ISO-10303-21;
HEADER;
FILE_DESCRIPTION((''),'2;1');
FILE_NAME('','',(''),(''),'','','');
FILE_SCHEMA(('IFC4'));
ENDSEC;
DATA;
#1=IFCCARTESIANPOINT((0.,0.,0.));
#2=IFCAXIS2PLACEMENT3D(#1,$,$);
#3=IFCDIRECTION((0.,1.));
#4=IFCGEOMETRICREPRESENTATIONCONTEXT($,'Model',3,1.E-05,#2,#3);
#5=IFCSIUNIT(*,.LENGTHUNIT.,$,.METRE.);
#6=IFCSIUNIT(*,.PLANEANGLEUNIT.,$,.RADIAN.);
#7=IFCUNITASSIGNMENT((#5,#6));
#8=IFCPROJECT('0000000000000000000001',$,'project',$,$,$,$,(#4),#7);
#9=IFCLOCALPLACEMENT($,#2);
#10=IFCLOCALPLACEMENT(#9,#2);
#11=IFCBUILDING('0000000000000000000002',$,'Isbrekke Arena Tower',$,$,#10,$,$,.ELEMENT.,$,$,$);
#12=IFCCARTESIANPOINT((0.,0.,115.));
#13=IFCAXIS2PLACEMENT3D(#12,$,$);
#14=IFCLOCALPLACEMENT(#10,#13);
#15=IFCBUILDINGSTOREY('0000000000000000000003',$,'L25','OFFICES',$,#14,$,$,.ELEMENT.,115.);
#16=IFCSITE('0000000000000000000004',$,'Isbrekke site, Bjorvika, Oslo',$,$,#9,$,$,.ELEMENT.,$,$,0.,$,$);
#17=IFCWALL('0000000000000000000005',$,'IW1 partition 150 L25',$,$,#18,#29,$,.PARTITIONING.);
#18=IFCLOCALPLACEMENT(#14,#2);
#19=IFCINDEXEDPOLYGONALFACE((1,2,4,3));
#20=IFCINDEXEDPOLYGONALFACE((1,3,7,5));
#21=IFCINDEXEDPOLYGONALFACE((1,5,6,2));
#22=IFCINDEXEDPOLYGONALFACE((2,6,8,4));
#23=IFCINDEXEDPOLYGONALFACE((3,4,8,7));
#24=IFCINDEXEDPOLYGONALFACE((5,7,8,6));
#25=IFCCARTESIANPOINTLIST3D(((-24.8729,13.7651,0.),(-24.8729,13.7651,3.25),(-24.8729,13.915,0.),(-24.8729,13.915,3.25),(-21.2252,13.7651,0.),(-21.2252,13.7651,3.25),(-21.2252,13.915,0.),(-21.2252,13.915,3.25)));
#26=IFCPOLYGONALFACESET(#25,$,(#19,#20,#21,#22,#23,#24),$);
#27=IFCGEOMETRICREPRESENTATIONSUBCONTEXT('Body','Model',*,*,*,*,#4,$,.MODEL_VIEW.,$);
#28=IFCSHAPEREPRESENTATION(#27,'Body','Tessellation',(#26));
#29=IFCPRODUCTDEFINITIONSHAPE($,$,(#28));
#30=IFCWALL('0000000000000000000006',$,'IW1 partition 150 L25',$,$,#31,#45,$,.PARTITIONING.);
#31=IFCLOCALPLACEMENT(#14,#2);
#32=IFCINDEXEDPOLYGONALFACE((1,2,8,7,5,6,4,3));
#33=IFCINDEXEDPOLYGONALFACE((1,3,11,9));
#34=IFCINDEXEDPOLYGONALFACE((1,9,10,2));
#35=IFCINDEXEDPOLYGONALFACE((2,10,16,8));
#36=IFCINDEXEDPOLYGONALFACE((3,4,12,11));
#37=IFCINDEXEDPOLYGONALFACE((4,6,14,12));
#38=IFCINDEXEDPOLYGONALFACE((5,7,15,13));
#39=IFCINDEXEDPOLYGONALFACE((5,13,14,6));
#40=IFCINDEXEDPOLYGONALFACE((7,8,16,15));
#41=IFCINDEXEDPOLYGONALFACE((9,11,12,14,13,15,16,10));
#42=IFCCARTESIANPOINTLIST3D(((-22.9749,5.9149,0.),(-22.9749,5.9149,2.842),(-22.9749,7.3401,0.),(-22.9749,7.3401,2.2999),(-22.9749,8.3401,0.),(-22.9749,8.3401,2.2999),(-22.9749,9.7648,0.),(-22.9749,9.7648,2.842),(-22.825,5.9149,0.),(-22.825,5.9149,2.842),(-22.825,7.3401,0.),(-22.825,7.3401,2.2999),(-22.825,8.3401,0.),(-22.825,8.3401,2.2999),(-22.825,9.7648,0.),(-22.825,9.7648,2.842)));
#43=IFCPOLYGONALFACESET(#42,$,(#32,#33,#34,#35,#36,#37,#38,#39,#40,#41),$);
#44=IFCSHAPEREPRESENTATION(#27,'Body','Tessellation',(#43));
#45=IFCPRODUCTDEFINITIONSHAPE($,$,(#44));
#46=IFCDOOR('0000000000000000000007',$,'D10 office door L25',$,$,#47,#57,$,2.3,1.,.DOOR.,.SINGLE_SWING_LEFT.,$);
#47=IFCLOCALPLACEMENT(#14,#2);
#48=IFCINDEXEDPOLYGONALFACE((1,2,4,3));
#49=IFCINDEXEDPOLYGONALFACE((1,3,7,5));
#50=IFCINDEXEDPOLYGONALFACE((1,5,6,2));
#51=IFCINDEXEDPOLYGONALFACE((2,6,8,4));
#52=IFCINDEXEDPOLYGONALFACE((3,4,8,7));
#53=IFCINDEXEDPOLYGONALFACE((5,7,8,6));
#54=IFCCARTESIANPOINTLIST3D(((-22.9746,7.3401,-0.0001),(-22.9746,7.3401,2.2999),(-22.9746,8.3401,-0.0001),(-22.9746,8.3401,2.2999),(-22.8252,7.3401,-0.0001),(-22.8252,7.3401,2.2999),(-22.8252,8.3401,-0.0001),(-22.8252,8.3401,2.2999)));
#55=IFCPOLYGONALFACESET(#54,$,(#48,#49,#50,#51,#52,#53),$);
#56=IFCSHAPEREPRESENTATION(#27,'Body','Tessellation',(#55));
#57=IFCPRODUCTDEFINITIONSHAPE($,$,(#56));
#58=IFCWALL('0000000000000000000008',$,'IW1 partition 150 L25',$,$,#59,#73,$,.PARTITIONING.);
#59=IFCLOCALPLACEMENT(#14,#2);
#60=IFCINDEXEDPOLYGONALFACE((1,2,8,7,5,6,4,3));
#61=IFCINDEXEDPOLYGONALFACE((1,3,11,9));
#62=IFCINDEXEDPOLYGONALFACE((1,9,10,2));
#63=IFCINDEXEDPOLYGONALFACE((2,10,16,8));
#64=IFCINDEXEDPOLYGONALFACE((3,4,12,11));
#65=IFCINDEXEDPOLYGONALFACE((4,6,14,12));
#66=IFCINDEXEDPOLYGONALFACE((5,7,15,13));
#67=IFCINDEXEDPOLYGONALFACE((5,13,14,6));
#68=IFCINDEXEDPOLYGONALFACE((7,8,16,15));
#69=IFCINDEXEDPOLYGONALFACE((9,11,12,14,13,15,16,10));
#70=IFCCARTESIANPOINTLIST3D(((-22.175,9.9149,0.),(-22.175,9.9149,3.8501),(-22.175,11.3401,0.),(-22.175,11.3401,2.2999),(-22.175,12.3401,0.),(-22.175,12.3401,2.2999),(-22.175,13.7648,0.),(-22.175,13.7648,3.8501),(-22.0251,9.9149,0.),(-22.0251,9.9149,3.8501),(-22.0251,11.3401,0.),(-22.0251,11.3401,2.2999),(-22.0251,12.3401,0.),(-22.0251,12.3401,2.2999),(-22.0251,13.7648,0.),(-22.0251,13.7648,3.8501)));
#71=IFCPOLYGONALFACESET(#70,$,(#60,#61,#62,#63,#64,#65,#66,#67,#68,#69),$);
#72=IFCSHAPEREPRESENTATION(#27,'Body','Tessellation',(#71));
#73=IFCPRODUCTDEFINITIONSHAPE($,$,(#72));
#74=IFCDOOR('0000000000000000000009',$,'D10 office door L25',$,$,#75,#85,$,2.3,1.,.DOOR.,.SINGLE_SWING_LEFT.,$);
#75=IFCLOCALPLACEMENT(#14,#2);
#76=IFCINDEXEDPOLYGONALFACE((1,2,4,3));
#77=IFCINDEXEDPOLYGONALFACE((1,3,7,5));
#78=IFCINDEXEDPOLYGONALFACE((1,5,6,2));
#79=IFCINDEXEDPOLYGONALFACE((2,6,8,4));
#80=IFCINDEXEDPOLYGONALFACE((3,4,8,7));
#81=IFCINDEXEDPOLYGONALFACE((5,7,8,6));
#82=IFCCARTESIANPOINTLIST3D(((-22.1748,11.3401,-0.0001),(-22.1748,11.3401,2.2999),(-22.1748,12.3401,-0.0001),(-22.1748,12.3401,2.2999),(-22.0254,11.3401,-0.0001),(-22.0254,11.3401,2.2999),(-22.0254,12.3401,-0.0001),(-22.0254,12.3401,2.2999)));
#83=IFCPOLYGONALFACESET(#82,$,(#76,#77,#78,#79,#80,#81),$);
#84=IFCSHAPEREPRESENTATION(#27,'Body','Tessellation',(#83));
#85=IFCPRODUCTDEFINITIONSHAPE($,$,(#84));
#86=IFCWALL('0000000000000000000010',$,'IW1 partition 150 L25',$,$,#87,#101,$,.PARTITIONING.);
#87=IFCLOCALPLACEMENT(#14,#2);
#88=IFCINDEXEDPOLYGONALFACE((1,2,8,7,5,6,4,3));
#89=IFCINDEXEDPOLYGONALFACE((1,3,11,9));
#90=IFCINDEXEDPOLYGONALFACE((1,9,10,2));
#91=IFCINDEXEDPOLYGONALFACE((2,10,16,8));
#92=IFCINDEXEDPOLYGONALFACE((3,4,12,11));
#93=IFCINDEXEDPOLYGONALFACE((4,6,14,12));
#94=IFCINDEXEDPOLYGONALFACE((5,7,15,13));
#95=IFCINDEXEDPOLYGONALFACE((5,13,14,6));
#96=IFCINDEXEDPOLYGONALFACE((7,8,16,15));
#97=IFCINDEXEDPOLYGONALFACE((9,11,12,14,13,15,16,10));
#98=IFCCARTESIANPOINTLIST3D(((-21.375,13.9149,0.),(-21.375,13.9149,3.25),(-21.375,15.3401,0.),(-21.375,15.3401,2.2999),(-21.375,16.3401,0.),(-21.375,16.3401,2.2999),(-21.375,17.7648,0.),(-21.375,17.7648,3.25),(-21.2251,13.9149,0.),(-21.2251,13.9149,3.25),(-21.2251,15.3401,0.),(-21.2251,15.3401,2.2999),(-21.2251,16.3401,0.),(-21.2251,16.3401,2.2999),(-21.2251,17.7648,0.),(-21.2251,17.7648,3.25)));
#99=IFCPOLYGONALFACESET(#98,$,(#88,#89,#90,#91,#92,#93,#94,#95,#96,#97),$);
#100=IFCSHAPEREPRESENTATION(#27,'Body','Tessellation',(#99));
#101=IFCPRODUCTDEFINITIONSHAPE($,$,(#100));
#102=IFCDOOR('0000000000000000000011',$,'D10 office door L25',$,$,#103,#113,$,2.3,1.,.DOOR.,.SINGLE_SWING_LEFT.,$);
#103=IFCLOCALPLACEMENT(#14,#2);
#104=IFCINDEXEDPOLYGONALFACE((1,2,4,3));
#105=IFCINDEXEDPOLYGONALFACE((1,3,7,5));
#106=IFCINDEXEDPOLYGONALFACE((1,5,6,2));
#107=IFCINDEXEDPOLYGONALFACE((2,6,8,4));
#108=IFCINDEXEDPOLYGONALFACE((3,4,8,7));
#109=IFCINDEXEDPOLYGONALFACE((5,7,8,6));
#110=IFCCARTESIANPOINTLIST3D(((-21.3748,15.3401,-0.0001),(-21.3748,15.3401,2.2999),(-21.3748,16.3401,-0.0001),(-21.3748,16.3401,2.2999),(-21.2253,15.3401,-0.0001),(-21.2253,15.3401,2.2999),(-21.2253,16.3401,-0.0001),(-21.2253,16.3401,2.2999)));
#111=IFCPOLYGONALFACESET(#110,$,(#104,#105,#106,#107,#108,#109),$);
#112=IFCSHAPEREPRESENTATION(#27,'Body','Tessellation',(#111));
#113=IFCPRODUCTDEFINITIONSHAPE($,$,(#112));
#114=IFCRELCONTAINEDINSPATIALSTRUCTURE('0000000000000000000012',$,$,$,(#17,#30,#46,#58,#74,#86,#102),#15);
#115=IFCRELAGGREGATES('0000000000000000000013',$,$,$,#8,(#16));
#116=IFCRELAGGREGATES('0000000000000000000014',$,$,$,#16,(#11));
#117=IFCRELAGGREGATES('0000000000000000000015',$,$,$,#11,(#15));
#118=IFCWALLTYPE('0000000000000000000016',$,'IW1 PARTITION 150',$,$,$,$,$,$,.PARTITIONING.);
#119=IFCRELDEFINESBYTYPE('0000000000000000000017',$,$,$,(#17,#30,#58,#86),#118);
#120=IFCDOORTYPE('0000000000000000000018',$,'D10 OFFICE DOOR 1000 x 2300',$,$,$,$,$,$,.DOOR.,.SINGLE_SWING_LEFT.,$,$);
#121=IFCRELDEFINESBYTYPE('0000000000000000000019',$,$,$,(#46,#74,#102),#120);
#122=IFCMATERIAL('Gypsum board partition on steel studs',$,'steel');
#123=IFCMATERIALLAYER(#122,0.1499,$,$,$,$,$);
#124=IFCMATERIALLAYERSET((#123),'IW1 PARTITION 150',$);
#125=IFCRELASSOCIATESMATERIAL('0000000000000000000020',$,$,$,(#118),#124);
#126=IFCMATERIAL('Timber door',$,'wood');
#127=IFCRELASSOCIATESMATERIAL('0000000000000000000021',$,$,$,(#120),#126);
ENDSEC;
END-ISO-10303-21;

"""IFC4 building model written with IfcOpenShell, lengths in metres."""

from ifc_helpers import new_model, si_unit, direction, frame, frame_2d, origin, place, context, subcontext, project, spatial, rectangle, extrude, material, layer, layer_set, type_object, element, fill, save


model = new_model("IFC4")

# Units and contexts
model_context = context("Model", 3, precision=1e-05, world=origin(), true_north=direction((0.0, 1.0)))
body_context = subcontext(model_context, "Body", "Model", "MODEL_VIEW")
ifc_project = project(units=[si_unit("LENGTHUNIT", "METRE"), si_unit("PLANEANGLEUNIT", "RADIAN")], contexts=[model_context])

# Site, building, storey
site_placement = place(None, origin())
site = spatial("IfcSite", under=ifc_project, at=site_placement, Name="Isbrekke site, Bjorvika, Oslo", CompositionType="ELEMENT", RefElevation=0.0)
building_placement = place(site_placement, origin())
building = spatial("IfcBuilding", under=site, at=building_placement, Name="Isbrekke Arena Tower", CompositionType="ELEMENT")
storey_placement = place(building_placement, frame((0.0, 0.0, 115.0)))
storey = spatial("IfcBuildingStorey", under=building, at=storey_placement, Name="L25", Description="OFFICES", CompositionType="ELEMENT", Elevation=115.0)

# Wall
ifc_material_1 = material(Name="Gypsum board partition on steel studs", Category="steel")
ifc_layer_1 = layer(ifc_material_1, 0.1499)
ifc_layer_set_1 = layer_set([ifc_layer_1], Name="IW1 PARTITION 150")
wall_type = type_object("IfcWallType", Name="IW1 PARTITION 150", PredefinedType="PARTITIONING", material=ifc_layer_set_1)
wall_1_placement = place(storey_placement, frame((-24.8728, 13.8401, 0.0), z_axis=(0.0, 0.0, 1.0), x_axis=(1.0, 0.0, 0.0)))
element("IfcWall", 1, at=wall_1_placement, inside=storey, type_object=wall_type, Name="IW1 partition 150 L25", PredefinedType="PARTITIONING", context=body_context, shape_type="SweptSolid", body=[
    extrude(rectangle(XDim=3.6477, YDim=0.1499, at=frame_2d((1.8237, 0.0))), origin(), (0.0, 0.0, 1.0), 3.25),
])

# Walls, openings, doors
wall_2_placement = place(storey_placement, frame((-22.8999, 5.915, 0.0), z_axis=(0.0, 0.0, 1.0), x_axis=(0.0, 1.0, 0.0)))
wall_2 = element("IfcWall", 2, at=wall_2_placement, inside=storey, type_object=wall_type, Name="IW1 partition 150 L25", PredefinedType="PARTITIONING", context=body_context, shape_type="SweptSolid", body=[
    extrude(rectangle(XDim=3.8499, YDim=0.1499, at=frame_2d((1.9248, 0.0))), origin(), (0.0, 0.0, 1.0), 2.842),
])
opening_1_placement = place(wall_2_placement, frame((1.425, 0.0, 0.0)))
opening_1 = element("IfcOpeningElement", 3, at=opening_1_placement, cuts=wall_2, PredefinedType="OPENING", context=body_context, shape_type="SweptSolid", body=[
    extrude(rectangle(XDim=1.0, YDim=2.3, at=frame_2d((0.5, 1.1499))), frame((0.0, 0.0898, 0.0), z_axis=(0.0, -1.0, 0.0), x_axis=(1.0, 0.0, 0.0)), (0.0, 0.0, 1.0), 0.1797),
])
ifc_material_2 = material(Name="Timber door", Category="wood")
door_type = type_object("IfcDoorType", Name="D10 OFFICE DOOR 1000 x 2300", OperationType="SINGLE_SWING_LEFT", PredefinedType="DOOR", material=ifc_material_2)
door_1_placement = place(opening_1_placement, origin())
door_1 = element("IfcDoor", 4, at=door_1_placement, inside=storey, type_object=door_type, Name="D10 office door L25", OperationType="SINGLE_SWING_LEFT", OverallHeight=2.3, OverallWidth=1.0, PredefinedType="DOOR", context=body_context, shape_type="SweptSolid", body=[
    extrude(rectangle(XDim=1.0, YDim=2.3, at=frame_2d((0.5, 1.1499))), frame((0.0, 0.0747, 0.0), z_axis=(0.0, -1.0, 0.0), x_axis=(1.0, 0.0, 0.0)), (0.0, 0.0, 1.0), 0.1494),
])
fill(opening_1, door_1)
wall_3_placement = place(storey_placement, frame((-22.1001, 9.915, 0.0), z_axis=(0.0, 0.0, 1.0), x_axis=(0.0, 1.0, 0.0)))
wall_3 = element("IfcWall", 5, at=wall_3_placement, inside=storey, type_object=wall_type, Name="IW1 partition 150 L25", PredefinedType="PARTITIONING", context=body_context, shape_type="SweptSolid", body=[
    extrude(rectangle(XDim=3.8499, YDim=0.1499, at=frame_2d((1.9248, 0.0))), origin(), (0.0, 0.0, 1.0), 3.8501),
])
opening_2_placement = place(wall_3_placement, frame((1.425, 0.0, 0.0)))
opening_2 = element("IfcOpeningElement", 6, at=opening_2_placement, cuts=wall_3, PredefinedType="OPENING", context=body_context, shape_type="SweptSolid", body=[
    extrude(rectangle(XDim=1.0, YDim=2.3, at=frame_2d((0.5, 1.1499))), frame((0.0, 0.0898, 0.0), z_axis=(0.0, -1.0, 0.0), x_axis=(1.0, 0.0, 0.0)), (0.0, 0.0, 1.0), 0.1797),
])
door_2_placement = place(opening_2_placement, origin())
door_2 = element("IfcDoor", 7, at=door_2_placement, inside=storey, type_object=door_type, Name="D10 office door L25", OperationType="SINGLE_SWING_LEFT", OverallHeight=2.3, OverallWidth=1.0, PredefinedType="DOOR", context=body_context, shape_type="SweptSolid", body=[
    extrude(rectangle(XDim=1.0, YDim=2.3, at=frame_2d((0.5, 1.1499))), frame((0.0, 0.0747, 0.0), z_axis=(0.0, -1.0, 0.0), x_axis=(1.0, 0.0, 0.0)), (0.0, 0.0, 1.0), 0.1494),
])
fill(opening_2, door_2)
wall_4_placement = place(storey_placement, frame((-21.3, 13.915, 0.0), z_axis=(0.0, 0.0, 1.0), x_axis=(0.0, 1.0, 0.0)))
wall_4 = element("IfcWall", 8, at=wall_4_placement, inside=storey, type_object=wall_type, Name="IW1 partition 150 L25", PredefinedType="PARTITIONING", context=body_context, shape_type="SweptSolid", body=[
    extrude(rectangle(XDim=3.8499, YDim=0.1499, at=frame_2d((1.9248, 0.0))), origin(), (0.0, 0.0, 1.0), 3.25),
])
opening_3_placement = place(wall_4_placement, frame((1.425, 0.0, 0.0)))
opening_3 = element("IfcOpeningElement", 9, at=opening_3_placement, cuts=wall_4, PredefinedType="OPENING", context=body_context, shape_type="SweptSolid", body=[
    extrude(rectangle(XDim=1.0, YDim=2.3, at=frame_2d((0.5, 1.1499))), frame((0.0, 0.0898, 0.0), z_axis=(0.0, -1.0, 0.0), x_axis=(1.0, 0.0, 0.0)), (0.0, 0.0, 1.0), 0.1797),
])
door_3_placement = place(opening_3_placement, origin())
door_3 = element("IfcDoor", 10, at=door_3_placement, inside=storey, type_object=door_type, Name="D10 office door L25", OperationType="SINGLE_SWING_LEFT", OverallHeight=2.3, OverallWidth=1.0, PredefinedType="DOOR", context=body_context, shape_type="SweptSolid", body=[
    extrude(rectangle(XDim=1.0, YDim=2.3, at=frame_2d((0.5, 1.1499))), frame((0.0, 0.0747, 0.0), z_axis=(0.0, -1.0, 0.0), x_axis=(1.0, 0.0, 0.0)), (0.0, 0.0, 1.0), 0.1494),
])
fill(opening_3, door_3)

save(model, "model.ifc")
